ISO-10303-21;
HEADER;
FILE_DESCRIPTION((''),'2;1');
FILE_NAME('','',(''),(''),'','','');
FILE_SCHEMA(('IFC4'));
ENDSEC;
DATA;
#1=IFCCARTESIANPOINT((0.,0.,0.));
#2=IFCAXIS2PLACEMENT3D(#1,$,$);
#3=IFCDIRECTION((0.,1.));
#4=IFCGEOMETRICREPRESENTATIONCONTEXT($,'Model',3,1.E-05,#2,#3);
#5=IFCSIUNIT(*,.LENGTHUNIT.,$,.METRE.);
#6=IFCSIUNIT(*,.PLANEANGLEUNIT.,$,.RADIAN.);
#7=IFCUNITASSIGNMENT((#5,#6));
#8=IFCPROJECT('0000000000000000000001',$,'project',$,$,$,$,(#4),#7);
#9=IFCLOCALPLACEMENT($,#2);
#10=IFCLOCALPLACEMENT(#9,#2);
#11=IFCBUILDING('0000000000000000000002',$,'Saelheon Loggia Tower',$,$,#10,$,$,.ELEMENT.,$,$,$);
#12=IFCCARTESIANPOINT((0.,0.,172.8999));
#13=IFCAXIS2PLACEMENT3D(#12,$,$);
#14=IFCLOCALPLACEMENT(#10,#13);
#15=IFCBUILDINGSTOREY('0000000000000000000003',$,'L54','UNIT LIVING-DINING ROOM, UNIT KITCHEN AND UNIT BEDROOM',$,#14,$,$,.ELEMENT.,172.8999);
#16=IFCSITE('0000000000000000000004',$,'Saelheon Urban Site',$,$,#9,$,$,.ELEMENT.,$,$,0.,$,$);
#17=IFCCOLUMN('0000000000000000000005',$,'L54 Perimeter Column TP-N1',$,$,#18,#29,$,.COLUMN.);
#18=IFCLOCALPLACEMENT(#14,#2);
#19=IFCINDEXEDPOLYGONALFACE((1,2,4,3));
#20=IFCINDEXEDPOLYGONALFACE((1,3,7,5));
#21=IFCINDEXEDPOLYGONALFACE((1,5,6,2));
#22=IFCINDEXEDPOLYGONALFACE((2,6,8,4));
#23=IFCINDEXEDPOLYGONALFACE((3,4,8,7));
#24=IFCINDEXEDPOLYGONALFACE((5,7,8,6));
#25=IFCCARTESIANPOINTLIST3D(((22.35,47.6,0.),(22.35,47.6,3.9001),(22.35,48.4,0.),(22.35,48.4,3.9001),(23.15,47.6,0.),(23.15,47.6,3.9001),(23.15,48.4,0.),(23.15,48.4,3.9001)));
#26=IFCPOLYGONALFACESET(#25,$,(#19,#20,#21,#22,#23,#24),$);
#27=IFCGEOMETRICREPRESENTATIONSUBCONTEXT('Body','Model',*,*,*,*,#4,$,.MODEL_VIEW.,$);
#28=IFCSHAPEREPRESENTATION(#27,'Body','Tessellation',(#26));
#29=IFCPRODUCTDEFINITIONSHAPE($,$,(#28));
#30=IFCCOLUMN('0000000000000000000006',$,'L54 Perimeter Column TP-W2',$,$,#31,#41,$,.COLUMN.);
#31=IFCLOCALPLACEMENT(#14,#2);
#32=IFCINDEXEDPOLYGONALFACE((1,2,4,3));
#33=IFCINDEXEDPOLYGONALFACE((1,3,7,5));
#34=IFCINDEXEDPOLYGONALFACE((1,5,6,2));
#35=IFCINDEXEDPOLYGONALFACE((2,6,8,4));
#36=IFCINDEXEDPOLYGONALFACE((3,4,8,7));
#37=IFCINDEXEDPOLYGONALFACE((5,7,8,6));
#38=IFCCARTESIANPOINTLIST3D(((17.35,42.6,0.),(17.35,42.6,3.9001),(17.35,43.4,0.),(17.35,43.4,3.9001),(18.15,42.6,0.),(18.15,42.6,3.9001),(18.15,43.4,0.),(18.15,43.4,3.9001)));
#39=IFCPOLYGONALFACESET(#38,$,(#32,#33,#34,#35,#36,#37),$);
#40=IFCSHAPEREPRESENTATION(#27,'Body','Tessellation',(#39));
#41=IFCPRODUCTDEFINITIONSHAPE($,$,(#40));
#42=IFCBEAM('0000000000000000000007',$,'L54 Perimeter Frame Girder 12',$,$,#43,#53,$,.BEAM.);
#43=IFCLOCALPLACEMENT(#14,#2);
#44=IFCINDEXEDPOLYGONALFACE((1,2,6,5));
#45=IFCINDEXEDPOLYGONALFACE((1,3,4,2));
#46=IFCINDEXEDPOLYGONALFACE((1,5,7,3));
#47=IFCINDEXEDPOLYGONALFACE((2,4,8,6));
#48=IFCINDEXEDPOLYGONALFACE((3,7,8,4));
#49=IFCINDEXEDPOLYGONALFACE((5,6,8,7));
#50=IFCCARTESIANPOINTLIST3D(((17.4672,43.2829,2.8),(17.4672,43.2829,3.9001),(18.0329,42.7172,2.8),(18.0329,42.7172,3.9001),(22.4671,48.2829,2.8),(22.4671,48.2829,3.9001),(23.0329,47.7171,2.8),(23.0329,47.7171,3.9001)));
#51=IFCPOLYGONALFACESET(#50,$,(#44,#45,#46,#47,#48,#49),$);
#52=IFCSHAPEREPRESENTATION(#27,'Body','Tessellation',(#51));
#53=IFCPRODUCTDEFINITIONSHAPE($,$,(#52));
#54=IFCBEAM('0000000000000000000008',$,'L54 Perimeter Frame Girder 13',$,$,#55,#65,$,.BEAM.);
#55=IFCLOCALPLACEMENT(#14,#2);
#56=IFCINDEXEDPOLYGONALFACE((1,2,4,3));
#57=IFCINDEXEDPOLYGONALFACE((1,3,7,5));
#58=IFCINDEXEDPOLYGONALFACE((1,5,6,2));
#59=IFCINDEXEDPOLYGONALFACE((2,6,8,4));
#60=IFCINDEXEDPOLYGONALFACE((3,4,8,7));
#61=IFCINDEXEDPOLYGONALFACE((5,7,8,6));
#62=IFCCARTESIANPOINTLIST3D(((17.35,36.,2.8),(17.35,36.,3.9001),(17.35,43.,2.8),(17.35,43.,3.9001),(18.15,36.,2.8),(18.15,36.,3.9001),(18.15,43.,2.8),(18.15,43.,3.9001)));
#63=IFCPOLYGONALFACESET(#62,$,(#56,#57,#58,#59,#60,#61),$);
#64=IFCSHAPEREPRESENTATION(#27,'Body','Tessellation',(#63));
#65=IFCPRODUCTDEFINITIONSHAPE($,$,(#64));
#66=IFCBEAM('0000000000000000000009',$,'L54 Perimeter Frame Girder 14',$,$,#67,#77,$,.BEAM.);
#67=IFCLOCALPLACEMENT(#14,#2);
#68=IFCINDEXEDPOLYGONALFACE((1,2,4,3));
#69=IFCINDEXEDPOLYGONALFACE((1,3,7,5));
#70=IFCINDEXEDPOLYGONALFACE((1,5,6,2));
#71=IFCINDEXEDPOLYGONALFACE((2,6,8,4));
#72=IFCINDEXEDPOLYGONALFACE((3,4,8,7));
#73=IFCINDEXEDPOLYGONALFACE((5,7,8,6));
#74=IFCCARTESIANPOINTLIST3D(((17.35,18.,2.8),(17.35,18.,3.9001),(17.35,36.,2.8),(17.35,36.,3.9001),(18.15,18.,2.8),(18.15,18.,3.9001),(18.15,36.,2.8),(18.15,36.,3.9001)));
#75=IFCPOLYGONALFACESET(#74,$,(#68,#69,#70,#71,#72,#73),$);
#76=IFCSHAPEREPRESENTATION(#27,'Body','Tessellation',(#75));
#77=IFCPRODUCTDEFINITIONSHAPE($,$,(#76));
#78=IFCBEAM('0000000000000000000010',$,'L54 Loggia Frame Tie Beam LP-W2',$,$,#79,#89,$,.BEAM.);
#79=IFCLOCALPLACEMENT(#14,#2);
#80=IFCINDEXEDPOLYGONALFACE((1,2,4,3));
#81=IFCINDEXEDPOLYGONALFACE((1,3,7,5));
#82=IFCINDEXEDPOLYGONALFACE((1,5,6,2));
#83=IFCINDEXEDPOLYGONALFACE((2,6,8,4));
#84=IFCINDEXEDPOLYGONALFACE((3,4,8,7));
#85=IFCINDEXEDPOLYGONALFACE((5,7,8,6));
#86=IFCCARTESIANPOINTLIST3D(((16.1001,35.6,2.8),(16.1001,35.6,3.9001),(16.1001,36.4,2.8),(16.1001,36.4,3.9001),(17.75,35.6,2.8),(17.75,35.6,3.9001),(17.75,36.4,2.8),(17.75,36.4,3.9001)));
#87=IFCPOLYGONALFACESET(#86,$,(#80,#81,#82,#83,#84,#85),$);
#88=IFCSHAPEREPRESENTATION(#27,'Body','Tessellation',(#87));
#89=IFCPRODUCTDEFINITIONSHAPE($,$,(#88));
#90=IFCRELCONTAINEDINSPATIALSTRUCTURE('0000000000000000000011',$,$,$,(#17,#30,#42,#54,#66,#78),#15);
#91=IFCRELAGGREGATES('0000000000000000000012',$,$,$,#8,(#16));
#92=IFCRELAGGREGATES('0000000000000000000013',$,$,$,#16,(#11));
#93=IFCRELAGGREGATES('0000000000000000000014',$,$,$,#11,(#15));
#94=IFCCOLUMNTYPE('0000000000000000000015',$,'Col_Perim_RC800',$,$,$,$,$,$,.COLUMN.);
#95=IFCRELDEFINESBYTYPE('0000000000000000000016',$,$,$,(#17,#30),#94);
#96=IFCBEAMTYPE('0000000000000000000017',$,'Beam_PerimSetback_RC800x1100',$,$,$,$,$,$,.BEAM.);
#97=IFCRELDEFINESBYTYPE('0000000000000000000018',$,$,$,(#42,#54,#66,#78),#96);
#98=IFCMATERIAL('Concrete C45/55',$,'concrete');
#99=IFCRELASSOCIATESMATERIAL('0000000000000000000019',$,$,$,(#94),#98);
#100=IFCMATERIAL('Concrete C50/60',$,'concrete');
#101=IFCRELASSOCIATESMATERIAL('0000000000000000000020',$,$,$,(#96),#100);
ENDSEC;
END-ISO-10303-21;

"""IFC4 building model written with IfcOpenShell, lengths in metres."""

from ifc_helpers import new_model, si_unit, direction, frame, origin, origin_2d, place, context, subcontext, project, spatial, rectangle, extrude, source, transform, mapped, material, material_profile, profile_set, type_object, element, save


model = new_model("IFC4")

# Units and contexts
model_context = context("Model", 3, precision=1e-05, world=origin(), true_north=direction((0.0, 1.0)))
body_context = subcontext(model_context, "Body", "Model", "MODEL_VIEW")
ifc_project = project(units=[si_unit("LENGTHUNIT", "METRE"), si_unit("PLANEANGLEUNIT", "RADIAN")], contexts=[model_context])

# Site, building, storey
site_placement = place(None, origin())
site = spatial("IfcSite", under=ifc_project, at=site_placement, Name="Saelheon Urban Site", CompositionType="ELEMENT", RefElevation=0.0)
building_placement = place(site_placement, origin())
building = spatial("IfcBuilding", under=site, at=building_placement, Name="Saelheon Loggia Tower", CompositionType="ELEMENT")
storey_placement = place(building_placement, frame((0.0, 0.0, 172.8999)))
storey = spatial("IfcBuildingStorey", under=building, at=storey_placement, Name="L54", Description="UNIT LIVING-DINING ROOM, UNIT KITCHEN AND UNIT BEDROOM", CompositionType="ELEMENT", Elevation=172.8999)

# Columns
ifc_material_1 = material(Name="Concrete C45/55", Category="concrete")
ifc_material_profile_1 = material_profile(ifc_material_1, rectangle(XDim=0.8, YDim=0.8, at=origin_2d()), Name="RC-800x800")
ifc_profile_set_1 = profile_set([ifc_material_profile_1], Name="Concrete C45/55")
column_type = type_object("IfcColumnType", Name="Col_Perim_RC800", PredefinedType="COLUMN", material=ifc_profile_set_1)
shared_shape_1 = source(origin(), body_context, "Body", "SweptSolid", [
    extrude(rectangle(XDim=0.8, YDim=0.8, at=origin_2d()), origin(), (0.0, 0.0, 1.0), 3.9001),
])
for number, where, z_axis, x_axis, name in (
    (1, (22.75, 48.0, 0.0), (0.0, 0.0, 1.0), (1.0, 0.0, 0.0), "L54 Perimeter Column TP-N1"),
    (2, (17.75, 43.0, 0.0), (0.0, 0.0, 1.0), (1.0, 0.0, 0.0), "L54 Perimeter Column TP-W2"),
):
    element("IfcColumn", number, at=place(storey_placement, frame(where, z_axis=z_axis, x_axis=x_axis)), inside=storey, type_object=column_type, Name=name, PredefinedType="COLUMN", context=body_context, shape_type="MappedRepresentation", body=[
        mapped(shared_shape_1, transform((0.0, 0.0, 0.0), scale=1.0)),
    ])

# Beams
ifc_material_2 = material(Name="Concrete C50/60", Category="concrete")
ifc_material_profile_2 = material_profile(ifc_material_2, rectangle(XDim=0.8, YDim=1.1001, at=origin_2d()), Name="RC-800x1100")
ifc_profile_set_2 = profile_set([ifc_material_profile_2], Name="Concrete C50/60")
beam_type = type_object("IfcBeamType", Name="Beam_PerimSetback_RC800x1100", PredefinedType="BEAM", material=ifc_profile_set_2)
shared_shape_2 = source(origin(), body_context, "Body", "SweptSolid", [
    extrude(rectangle(XDim=0.8, YDim=1.1001, at=origin_2d()), origin(), (0.0, 0.0, 1.0), 7.071),
])
beam_1_placement = place(storey_placement, frame((22.75, 48.0, 3.3501), z_axis=(-0.707107, -0.707107, 0.0), x_axis=(0.707107, -0.707107, 0.0)))
element("IfcBeam", 3, at=beam_1_placement, inside=storey, type_object=beam_type, Name="L54 Perimeter Frame Girder 12", PredefinedType="BEAM", context=body_context, shape_type="MappedRepresentation", body=[
    mapped(shared_shape_2, transform((0.0, 0.0, 0.0), scale=1.0)),
])
shared_shape_3 = source(origin(), body_context, "Body", "SweptSolid", [
    extrude(rectangle(XDim=0.8, YDim=1.1001, at=origin_2d()), origin(), (0.0, 0.0, 1.0), 7.0),
])
beam_2_placement = place(storey_placement, frame((17.75, 43.0, 3.3501), z_axis=(0.0, -1.0, 0.0), x_axis=(1.0, 0.0, 0.0)))
element("IfcBeam", 4, at=beam_2_placement, inside=storey, type_object=beam_type, Name="L54 Perimeter Frame Girder 13", PredefinedType="BEAM", context=body_context, shape_type="MappedRepresentation", body=[
    mapped(shared_shape_3, transform((0.0, 0.0, 0.0), scale=1.0)),
])
shared_shape_4 = source(origin(), body_context, "Body", "SweptSolid", [
    extrude(rectangle(XDim=0.8, YDim=1.1001, at=origin_2d()), origin(), (0.0, 0.0, 1.0), 18.0),
])
beam_3_placement = place(storey_placement, frame((17.75, 36.0, 3.3501), z_axis=(0.0, -1.0, 0.0), x_axis=(1.0, 0.0, 0.0)))
element("IfcBeam", 5, at=beam_3_placement, inside=storey, type_object=beam_type, Name="L54 Perimeter Frame Girder 14", PredefinedType="BEAM", context=body_context, shape_type="MappedRepresentation", body=[
    mapped(shared_shape_4, transform((0.0, 0.0, 0.0), scale=1.0)),
])
shared_shape_5 = source(origin(), body_context, "Body", "SweptSolid", [
    extrude(rectangle(XDim=0.8, YDim=1.1001, at=origin_2d()), origin(), (0.0, 0.0, 1.0), 1.6499),
])
beam_4_placement = place(storey_placement, frame((17.75, 36.0, 3.3501), z_axis=(-1.0, 0.0, 0.0), x_axis=(0.0, -1.0, 0.0)))
element("IfcBeam", 6, at=beam_4_placement, inside=storey, type_object=beam_type, Name="L54 Loggia Frame Tie Beam LP-W2", PredefinedType="BEAM", context=body_context, shape_type="MappedRepresentation", body=[
    mapped(shared_shape_5, transform((0.0, 0.0, 0.0), scale=1.0)),
])

save(model, "model.ifc")
